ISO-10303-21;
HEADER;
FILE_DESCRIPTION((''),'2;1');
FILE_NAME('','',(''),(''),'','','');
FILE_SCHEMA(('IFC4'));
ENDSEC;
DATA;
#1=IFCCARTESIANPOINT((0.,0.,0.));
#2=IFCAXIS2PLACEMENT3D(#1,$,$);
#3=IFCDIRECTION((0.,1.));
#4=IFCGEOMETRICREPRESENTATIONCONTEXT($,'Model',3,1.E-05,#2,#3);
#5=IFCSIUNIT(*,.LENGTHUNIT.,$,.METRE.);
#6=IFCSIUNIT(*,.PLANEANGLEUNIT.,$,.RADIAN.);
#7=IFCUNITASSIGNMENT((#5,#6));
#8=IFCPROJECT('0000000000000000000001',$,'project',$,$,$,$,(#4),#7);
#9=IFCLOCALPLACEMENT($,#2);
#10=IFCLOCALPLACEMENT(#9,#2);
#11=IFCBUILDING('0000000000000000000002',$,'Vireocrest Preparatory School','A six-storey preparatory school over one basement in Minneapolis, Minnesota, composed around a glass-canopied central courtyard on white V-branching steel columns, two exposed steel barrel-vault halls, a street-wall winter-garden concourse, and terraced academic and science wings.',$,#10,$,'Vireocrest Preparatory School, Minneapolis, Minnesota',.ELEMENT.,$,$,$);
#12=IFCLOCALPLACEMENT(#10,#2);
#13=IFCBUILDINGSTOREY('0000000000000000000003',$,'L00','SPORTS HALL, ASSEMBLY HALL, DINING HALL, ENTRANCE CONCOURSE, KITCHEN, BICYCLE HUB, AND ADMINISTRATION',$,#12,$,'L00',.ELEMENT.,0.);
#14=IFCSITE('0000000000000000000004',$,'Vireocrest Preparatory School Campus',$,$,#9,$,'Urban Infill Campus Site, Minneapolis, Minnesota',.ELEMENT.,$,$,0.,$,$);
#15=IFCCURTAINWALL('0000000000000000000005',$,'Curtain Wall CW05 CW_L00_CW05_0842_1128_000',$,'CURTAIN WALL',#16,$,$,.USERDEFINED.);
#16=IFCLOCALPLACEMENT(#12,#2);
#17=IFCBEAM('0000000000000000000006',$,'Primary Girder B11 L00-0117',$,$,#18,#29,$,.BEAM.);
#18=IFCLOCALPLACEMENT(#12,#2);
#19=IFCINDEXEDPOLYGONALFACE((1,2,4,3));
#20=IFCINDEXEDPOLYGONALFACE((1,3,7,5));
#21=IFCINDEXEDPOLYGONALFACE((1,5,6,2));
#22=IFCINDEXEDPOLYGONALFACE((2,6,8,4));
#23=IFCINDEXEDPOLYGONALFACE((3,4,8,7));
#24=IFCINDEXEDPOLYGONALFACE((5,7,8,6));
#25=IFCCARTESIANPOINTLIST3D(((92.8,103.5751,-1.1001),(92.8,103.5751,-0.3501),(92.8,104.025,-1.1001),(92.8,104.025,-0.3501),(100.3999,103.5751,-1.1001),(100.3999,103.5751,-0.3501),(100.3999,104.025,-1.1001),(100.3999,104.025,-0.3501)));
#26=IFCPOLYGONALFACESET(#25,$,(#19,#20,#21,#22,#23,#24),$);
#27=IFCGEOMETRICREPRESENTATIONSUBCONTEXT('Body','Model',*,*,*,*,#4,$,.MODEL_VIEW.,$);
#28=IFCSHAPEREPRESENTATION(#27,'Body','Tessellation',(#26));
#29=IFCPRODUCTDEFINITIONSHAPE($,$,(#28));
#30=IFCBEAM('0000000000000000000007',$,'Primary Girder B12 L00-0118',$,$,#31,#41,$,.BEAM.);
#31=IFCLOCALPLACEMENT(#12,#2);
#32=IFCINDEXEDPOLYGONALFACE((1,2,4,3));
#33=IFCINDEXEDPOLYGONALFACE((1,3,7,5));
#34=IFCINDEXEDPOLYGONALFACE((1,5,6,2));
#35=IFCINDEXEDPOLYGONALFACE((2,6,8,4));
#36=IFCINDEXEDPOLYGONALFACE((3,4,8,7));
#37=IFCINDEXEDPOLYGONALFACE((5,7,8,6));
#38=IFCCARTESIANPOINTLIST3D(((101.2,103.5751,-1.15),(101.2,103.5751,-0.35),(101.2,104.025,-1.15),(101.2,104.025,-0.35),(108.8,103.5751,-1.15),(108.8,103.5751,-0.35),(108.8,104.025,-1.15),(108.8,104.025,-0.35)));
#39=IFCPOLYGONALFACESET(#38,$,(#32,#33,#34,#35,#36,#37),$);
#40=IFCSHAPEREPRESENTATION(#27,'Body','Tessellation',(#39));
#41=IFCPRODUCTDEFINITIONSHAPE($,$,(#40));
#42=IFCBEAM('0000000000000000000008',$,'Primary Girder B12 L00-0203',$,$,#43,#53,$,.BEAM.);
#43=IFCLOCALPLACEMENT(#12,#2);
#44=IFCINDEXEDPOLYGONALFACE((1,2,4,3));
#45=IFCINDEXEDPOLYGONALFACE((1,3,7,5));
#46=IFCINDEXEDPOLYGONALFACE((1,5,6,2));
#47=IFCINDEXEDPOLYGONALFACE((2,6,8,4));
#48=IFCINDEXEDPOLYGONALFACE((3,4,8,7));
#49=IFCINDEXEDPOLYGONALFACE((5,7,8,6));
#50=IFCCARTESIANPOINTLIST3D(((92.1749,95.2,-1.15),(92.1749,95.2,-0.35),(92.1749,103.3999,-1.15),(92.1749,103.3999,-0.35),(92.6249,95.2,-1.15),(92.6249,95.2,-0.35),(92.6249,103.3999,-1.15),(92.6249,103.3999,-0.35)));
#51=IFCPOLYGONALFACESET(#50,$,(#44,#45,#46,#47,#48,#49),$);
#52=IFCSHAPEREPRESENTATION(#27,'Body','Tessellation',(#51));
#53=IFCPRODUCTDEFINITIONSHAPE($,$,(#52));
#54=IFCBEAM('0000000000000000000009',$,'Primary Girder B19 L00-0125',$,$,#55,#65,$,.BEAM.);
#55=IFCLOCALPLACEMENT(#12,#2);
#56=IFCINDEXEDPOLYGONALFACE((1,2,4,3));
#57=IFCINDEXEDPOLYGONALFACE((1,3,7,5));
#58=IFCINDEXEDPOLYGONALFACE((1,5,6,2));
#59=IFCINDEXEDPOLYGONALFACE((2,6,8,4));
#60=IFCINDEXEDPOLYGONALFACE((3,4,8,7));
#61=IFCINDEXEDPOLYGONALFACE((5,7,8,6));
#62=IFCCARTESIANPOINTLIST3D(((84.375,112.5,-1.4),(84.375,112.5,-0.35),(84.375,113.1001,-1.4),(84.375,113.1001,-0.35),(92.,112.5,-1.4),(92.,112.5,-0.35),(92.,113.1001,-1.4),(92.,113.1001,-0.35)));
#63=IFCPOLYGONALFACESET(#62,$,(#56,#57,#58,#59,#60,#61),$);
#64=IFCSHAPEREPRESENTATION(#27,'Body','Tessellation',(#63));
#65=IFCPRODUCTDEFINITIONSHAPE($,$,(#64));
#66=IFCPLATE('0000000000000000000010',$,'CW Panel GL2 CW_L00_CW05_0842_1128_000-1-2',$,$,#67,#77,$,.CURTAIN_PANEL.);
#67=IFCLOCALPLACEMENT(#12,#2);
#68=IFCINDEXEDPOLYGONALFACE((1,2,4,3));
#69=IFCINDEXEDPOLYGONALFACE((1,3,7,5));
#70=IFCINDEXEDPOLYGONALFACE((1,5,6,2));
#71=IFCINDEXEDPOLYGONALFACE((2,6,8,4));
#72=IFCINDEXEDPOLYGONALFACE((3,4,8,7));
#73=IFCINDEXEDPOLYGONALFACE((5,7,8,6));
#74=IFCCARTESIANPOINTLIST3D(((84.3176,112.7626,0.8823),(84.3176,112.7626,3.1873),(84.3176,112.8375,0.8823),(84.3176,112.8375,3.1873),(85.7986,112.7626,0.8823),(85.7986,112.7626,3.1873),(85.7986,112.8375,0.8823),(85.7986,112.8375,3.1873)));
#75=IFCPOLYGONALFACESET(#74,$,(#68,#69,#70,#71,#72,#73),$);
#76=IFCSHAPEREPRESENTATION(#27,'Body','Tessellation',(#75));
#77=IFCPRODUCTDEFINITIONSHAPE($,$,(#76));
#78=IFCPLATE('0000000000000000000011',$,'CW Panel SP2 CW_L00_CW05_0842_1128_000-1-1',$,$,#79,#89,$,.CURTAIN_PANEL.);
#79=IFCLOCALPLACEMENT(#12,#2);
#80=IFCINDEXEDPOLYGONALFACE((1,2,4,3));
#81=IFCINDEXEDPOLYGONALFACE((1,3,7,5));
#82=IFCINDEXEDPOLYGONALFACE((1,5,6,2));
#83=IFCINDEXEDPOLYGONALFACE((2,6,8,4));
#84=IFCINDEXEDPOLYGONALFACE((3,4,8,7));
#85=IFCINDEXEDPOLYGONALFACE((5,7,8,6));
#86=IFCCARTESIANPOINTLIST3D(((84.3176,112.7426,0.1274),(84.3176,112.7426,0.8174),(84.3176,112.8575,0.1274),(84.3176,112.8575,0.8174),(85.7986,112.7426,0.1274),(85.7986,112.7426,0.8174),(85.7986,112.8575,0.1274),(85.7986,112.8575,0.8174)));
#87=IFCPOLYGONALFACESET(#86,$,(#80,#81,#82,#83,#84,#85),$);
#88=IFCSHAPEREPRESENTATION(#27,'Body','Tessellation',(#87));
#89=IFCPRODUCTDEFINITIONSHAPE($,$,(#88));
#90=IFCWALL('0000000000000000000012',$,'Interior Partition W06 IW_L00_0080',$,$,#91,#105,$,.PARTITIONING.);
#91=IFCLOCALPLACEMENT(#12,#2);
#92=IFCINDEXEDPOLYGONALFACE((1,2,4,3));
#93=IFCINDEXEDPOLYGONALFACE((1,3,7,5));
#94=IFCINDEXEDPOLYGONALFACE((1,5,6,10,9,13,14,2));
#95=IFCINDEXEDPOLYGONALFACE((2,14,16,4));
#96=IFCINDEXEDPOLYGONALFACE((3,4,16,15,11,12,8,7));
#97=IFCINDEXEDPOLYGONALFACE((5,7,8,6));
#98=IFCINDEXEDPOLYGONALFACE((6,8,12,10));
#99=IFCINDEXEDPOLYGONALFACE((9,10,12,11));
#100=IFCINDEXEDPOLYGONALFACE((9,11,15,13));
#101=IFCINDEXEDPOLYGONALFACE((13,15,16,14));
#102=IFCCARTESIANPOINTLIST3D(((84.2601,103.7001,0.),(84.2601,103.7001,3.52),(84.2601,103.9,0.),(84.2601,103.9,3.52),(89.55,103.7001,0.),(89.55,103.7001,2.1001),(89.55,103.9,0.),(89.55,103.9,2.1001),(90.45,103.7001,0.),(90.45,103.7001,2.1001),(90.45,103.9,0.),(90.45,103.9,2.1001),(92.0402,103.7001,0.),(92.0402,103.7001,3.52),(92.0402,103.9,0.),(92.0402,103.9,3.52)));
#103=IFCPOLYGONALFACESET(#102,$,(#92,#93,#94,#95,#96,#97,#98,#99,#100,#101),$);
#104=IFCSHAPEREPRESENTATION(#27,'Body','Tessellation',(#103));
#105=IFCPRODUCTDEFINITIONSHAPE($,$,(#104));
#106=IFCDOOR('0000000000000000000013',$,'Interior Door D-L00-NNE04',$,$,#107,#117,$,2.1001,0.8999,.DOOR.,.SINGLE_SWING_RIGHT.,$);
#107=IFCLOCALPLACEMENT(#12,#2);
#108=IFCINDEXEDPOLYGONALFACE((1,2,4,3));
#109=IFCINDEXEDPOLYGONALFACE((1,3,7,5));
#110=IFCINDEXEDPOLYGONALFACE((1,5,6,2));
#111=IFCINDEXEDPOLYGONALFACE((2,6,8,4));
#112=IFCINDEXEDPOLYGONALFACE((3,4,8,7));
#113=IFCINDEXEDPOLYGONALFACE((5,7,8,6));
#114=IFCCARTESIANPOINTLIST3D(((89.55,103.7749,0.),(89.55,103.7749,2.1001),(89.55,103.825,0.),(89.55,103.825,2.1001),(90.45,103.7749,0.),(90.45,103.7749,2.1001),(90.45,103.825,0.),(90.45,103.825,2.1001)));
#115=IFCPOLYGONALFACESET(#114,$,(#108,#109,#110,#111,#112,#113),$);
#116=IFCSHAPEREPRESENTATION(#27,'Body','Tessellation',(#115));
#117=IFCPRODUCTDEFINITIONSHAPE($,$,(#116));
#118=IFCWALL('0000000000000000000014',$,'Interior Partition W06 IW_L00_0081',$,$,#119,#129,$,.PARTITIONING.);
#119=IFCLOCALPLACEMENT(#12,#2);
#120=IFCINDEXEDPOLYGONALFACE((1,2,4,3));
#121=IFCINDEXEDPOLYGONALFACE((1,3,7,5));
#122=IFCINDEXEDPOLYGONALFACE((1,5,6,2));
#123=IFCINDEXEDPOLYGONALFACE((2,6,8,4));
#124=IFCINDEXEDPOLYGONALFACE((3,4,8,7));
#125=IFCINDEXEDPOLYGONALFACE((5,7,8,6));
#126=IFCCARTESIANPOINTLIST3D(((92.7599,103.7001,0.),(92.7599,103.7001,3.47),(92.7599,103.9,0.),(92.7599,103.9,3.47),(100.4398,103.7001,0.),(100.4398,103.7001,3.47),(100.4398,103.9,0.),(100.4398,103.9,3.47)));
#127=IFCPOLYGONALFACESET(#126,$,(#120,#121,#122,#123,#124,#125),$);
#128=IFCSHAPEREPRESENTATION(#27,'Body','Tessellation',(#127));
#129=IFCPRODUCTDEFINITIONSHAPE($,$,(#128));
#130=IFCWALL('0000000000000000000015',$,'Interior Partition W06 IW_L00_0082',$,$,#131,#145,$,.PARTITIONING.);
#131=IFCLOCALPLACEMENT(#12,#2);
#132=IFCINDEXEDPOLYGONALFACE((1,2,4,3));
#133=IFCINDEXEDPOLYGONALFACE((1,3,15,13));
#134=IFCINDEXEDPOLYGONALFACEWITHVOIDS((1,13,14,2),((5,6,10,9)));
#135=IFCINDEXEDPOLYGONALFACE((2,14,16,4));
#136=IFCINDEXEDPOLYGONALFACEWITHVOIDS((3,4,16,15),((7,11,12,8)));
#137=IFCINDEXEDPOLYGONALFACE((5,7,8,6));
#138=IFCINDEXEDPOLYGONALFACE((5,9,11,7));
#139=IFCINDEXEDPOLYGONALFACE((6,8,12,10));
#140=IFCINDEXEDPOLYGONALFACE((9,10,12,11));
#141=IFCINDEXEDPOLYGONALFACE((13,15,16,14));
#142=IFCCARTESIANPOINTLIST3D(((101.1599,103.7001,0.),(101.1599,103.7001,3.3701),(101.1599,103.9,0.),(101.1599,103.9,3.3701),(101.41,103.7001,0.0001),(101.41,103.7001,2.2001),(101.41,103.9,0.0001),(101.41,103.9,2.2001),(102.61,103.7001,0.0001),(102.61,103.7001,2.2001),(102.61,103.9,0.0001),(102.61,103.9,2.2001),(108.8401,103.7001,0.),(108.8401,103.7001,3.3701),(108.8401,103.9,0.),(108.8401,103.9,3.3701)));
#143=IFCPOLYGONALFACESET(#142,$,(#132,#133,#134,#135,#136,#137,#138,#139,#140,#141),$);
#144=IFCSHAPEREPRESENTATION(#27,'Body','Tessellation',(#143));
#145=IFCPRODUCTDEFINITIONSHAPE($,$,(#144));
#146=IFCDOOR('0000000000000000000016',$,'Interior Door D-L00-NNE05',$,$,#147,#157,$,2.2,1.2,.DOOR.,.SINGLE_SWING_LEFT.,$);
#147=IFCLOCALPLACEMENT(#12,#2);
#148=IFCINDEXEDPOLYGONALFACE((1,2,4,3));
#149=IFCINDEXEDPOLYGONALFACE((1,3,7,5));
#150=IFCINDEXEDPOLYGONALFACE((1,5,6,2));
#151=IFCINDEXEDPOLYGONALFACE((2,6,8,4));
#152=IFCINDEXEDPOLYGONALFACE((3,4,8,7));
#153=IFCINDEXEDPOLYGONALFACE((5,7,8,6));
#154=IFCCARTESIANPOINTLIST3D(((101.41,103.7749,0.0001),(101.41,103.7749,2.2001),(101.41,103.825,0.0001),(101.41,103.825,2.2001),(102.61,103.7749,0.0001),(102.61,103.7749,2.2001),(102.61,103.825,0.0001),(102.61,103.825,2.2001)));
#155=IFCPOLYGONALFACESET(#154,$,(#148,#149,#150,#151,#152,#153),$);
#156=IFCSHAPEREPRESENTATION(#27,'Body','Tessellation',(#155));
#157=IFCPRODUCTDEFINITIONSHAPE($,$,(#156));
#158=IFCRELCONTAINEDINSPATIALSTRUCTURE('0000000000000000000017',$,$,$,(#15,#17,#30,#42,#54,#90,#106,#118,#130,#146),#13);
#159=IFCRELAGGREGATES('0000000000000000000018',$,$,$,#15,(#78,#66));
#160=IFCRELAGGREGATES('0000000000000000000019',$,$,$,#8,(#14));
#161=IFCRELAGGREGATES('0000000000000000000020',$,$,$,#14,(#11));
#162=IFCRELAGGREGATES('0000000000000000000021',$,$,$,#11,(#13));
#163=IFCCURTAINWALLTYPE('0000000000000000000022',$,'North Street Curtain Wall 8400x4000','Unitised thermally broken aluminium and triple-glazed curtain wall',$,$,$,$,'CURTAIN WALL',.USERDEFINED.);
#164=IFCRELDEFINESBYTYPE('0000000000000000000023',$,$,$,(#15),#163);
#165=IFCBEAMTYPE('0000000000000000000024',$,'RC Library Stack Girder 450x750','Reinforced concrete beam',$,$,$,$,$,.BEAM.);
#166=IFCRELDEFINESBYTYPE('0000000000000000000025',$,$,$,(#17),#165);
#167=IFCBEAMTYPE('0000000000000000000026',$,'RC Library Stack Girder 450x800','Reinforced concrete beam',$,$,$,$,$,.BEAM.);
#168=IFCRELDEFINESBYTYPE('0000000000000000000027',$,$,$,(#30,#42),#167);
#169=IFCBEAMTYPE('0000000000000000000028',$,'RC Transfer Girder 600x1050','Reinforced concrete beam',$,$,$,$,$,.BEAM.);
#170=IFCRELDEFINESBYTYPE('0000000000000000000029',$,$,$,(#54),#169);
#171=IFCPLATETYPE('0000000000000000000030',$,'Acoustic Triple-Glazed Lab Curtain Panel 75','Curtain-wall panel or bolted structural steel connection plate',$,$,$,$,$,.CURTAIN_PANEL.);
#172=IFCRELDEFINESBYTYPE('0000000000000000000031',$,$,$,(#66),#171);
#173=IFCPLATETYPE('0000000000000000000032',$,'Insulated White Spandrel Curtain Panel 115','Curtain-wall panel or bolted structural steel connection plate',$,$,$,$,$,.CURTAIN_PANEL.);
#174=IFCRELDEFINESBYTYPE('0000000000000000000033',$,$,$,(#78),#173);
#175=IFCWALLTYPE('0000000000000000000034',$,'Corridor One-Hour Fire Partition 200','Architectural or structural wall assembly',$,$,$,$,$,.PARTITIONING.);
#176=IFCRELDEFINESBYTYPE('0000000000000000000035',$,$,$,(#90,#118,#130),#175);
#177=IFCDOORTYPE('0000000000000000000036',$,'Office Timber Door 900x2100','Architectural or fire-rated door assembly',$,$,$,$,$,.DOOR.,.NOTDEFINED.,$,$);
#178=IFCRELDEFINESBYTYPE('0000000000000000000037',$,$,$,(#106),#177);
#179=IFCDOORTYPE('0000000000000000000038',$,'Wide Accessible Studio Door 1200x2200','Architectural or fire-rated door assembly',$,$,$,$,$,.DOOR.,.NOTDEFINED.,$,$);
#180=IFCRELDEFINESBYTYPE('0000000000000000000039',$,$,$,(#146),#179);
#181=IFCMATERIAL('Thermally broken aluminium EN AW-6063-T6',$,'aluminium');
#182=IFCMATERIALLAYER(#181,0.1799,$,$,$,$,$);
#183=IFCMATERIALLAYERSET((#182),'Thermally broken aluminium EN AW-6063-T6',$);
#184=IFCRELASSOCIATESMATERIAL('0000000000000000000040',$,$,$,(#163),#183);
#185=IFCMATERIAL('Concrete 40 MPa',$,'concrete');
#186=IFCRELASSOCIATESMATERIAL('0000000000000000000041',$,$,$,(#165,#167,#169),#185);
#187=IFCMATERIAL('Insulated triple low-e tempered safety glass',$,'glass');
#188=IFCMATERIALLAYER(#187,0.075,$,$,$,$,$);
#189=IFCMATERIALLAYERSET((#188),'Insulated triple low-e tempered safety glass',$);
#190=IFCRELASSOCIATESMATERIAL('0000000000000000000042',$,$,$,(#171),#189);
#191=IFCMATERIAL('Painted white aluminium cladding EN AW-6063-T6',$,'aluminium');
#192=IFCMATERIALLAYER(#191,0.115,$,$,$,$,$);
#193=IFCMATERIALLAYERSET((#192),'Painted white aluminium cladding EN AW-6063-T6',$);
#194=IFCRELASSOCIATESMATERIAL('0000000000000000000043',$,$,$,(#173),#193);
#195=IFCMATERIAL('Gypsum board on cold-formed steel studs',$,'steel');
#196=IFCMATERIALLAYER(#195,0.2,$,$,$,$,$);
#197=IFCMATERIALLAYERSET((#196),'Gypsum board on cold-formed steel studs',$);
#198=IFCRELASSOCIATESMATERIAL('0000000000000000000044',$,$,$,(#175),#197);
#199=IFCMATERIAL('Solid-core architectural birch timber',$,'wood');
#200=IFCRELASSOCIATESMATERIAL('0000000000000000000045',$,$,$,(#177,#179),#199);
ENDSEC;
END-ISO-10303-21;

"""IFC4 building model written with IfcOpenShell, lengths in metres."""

from ifc_helpers import new_model, si_unit, direction, frame, frame_2d, origin, origin_2d, place, context, subcontext, project, spatial, rectangle, extrude, material, layer, layer_set, material_profile, profile_set, type_object, element, fill, aggregate, save


model = new_model("IFC4")

# Units and contexts
model_context = context("Model", 3, precision=1e-05, world=origin(), true_north=direction((0.0, 1.0)))
body_context = subcontext(model_context, "Body", "Model", "MODEL_VIEW")
ifc_project = project(units=[si_unit("LENGTHUNIT", "METRE"), si_unit("PLANEANGLEUNIT", "RADIAN")], contexts=[model_context])

# Site, building, storey
site_placement = place(None, origin())
site = spatial("IfcSite", under=ifc_project, at=site_placement, Name="Vireocrest Preparatory School Campus", LongName="Urban Infill Campus Site, Minneapolis, Minnesota", CompositionType="ELEMENT", RefElevation=0.0)
building_placement = place(site_placement, origin())
building = spatial("IfcBuilding", under=site, at=building_placement, Name="Vireocrest Preparatory School", Description="A six-storey preparatory school over one basement in Minneapolis, Minnesota, composed around a glass-canopied central courtyard on white V-branching steel columns, two exposed steel barrel-vault halls, a street-wall winter-garden concourse, and terraced academic and science wings.", LongName="Vireocrest Preparatory School, Minneapolis, Minnesota", CompositionType="ELEMENT")
storey_placement = place(building_placement, origin())
storey = spatial("IfcBuildingStorey", under=building, at=storey_placement, Name="L00", Description="SPORTS HALL, ASSEMBLY HALL, DINING HALL, ENTRANCE CONCOURSE, KITCHEN, BICYCLE HUB, AND ADMINISTRATION", LongName="L00", CompositionType="ELEMENT", Elevation=0.0)

# Curtain wall
ifc_material_1 = material(Name="Thermally broken aluminium EN AW-6063-T6", Category="aluminium")
ifc_layer_1 = layer(ifc_material_1, 0.1799)
ifc_layer_set_1 = layer_set([ifc_layer_1], Name="Thermally broken aluminium EN AW-6063-T6")
curtain_wall_type = type_object("IfcCurtainWallType", Name="North Street Curtain Wall 8400x4000", Description="Unitised thermally broken aluminium and triple-glazed curtain wall", ElementType="CURTAIN WALL", PredefinedType="USERDEFINED", material=ifc_layer_set_1)
curtain_wall_placement = place(storey_placement, origin())
curtain_wall = element("IfcCurtainWall", 1, at=curtain_wall_placement, inside=storey, type_object=curtain_wall_type, Name="Curtain Wall CW05 CW_L00_CW05_0842_1128_000", ObjectType="CURTAIN WALL", PredefinedType="USERDEFINED")

# Beams
ifc_material_2 = material(Name="Concrete 40 MPa", Category="concrete")
ifc_material_profile_1 = material_profile(ifc_material_2, rectangle(XDim=0.45, YDim=0.75, at=origin_2d()), Name="RC 450x750")
ifc_profile_set_1 = profile_set([ifc_material_profile_1], Name="Concrete 40 MPa")
beam_type_1 = type_object("IfcBeamType", Name="RC Library Stack Girder 450x750", Description="Reinforced concrete beam", PredefinedType="BEAM", material=ifc_profile_set_1)
beam_1_placement = place(storey_placement, frame((92.8, 103.8, -0.7251), z_axis=(1.0, 0.0, 0.0), x_axis=(0.0, 1.0, 0.0)))
element("IfcBeam", 2, at=beam_1_placement, inside=storey, type_object=beam_type_1, Name="Primary Girder B11 L00-0117", PredefinedType="BEAM", context=body_context, shape_type="SweptSolid", body=[
    extrude(rectangle(XDim=0.45, YDim=0.75, at=origin_2d()), origin(), (0.0, 0.0, 1.0), 7.5999),
])
ifc_material_profile_2 = material_profile(ifc_material_2, rectangle(XDim=0.45, YDim=0.8, at=origin_2d()), Name="RC 450x800")
ifc_profile_set_2 = profile_set([ifc_material_profile_2], Name="Concrete 40 MPa")
beam_type_2 = type_object("IfcBeamType", Name="RC Library Stack Girder 450x800", Description="Reinforced concrete beam", PredefinedType="BEAM", material=ifc_profile_set_2)
beam_2_placement = place(storey_placement, frame((101.2, 103.8, -0.75), z_axis=(1.0, 0.0, 0.0), x_axis=(0.0, 1.0, 0.0)))
element("IfcBeam", 3, at=beam_2_placement, inside=storey, type_object=beam_type_2, Name="Primary Girder B12 L00-0118", PredefinedType="BEAM", context=body_context, shape_type="SweptSolid", body=[
    extrude(rectangle(XDim=0.45, YDim=0.8, at=origin_2d()), origin(), (0.0, 0.0, 1.0), 7.6001),
])
beam_3_placement = place(storey_placement, frame((92.3999, 95.2, -0.75), z_axis=(0.0, 1.0, 0.0), x_axis=(-1.0, 0.0, 0.0)))
element("IfcBeam", 4, at=beam_3_placement, inside=storey, type_object=beam_type_2, Name="Primary Girder B12 L00-0203", PredefinedType="BEAM", context=body_context, shape_type="SweptSolid", body=[
    extrude(rectangle(XDim=0.45, YDim=0.8, at=origin_2d()), origin(), (0.0, 0.0, 1.0), 8.2),
])
ifc_material_profile_3 = material_profile(ifc_material_2, rectangle(XDim=0.6001, YDim=1.05, at=origin_2d()), Name="RC 600x1050")
ifc_profile_set_3 = profile_set([ifc_material_profile_3], Name="Concrete 40 MPa")
beam_type_3 = type_object("IfcBeamType", Name="RC Transfer Girder 600x1050", Description="Reinforced concrete beam", PredefinedType="BEAM", material=ifc_profile_set_3)
beam_4_placement = place(storey_placement, frame((84.375, 112.8, -0.875), z_axis=(1.0, 0.0, 0.0), x_axis=(0.0, 1.0, 0.0)))
element("IfcBeam", 5, at=beam_4_placement, inside=storey, type_object=beam_type_3, Name="Primary Girder B19 L00-0125", PredefinedType="BEAM", context=body_context, shape_type="SweptSolid", body=[
    extrude(rectangle(XDim=0.6001, YDim=1.05, at=origin_2d()), origin(), (0.0, 0.0, 1.0), 7.625),
])

# Plates
ifc_material_3 = material(Name="Insulated triple low-e tempered safety glass", Category="glass")
ifc_layer_2 = layer(ifc_material_3, 0.075)
ifc_layer_set_2 = layer_set([ifc_layer_2], Name="Insulated triple low-e tempered safety glass")
plate_type_1 = type_object("IfcPlateType", Name="Acoustic Triple-Glazed Lab Curtain Panel 75", Description="Curtain-wall panel or bolted structural steel connection plate", PredefinedType="CURTAIN_PANEL", material=ifc_layer_set_2)
plate_1_placement = place(storey_placement, frame((85.0581, 112.8, 0.8823), z_axis=(0.0, 0.0, 1.0), x_axis=(1.0, 0.0, 0.0)))
plate_1 = element("IfcPlate", 6, at=plate_1_placement, type_object=plate_type_1, Name="CW Panel GL2 CW_L00_CW05_0842_1128_000-1-2", PredefinedType="CURTAIN_PANEL", context=body_context, shape_type="SweptSolid", body=[
    extrude(rectangle(XDim=1.481, YDim=0.075, at=origin_2d()), origin(), (0.0, 0.0, 1.0), 2.3049),
])
ifc_material_4 = material(Name="Painted white aluminium cladding EN AW-6063-T6", Category="aluminium")
ifc_layer_3 = layer(ifc_material_4, 0.115)
ifc_layer_set_3 = layer_set([ifc_layer_3], Name="Painted white aluminium cladding EN AW-6063-T6")
plate_type_2 = type_object("IfcPlateType", Name="Insulated White Spandrel Curtain Panel 115", Description="Curtain-wall panel or bolted structural steel connection plate", PredefinedType="CURTAIN_PANEL", material=ifc_layer_set_3)
plate_2_placement = place(storey_placement, frame((85.0581, 112.8, 0.1274), z_axis=(0.0, 0.0, 1.0), x_axis=(1.0, 0.0, 0.0)))
plate_2 = element("IfcPlate", 7, at=plate_2_placement, type_object=plate_type_2, Name="CW Panel SP2 CW_L00_CW05_0842_1128_000-1-1", PredefinedType="CURTAIN_PANEL", context=body_context, shape_type="SweptSolid", body=[
    extrude(rectangle(XDim=1.481, YDim=0.115, at=origin_2d()), origin(), (0.0, 0.0, 1.0), 0.6899),
])
aggregate(curtain_wall, [plate_2, plate_1])

# Wall, opening, door
ifc_material_5 = material(Name="Gypsum board on cold-formed steel studs", Category="steel")
ifc_layer_4 = layer(ifc_material_5, 0.2)
ifc_layer_set_4 = layer_set([ifc_layer_4], Name="Gypsum board on cold-formed steel studs")
wall_type_1 = type_object("IfcWallType", Name="Corridor One-Hour Fire Partition 200", Description="Architectural or structural wall assembly", PredefinedType="PARTITIONING", material=ifc_layer_set_4)
wall_1_placement = place(storey_placement, frame((84.26, 103.8, 0.0), z_axis=(0.0, 0.0, 1.0), x_axis=(1.0, 0.0, 0.0)))
wall_1 = element("IfcWall", 8, at=wall_1_placement, inside=storey, type_object=wall_type_1, Name="Interior Partition W06 IW_L00_0080", PredefinedType="PARTITIONING", context=body_context, shape_type="SweptSolid", body=[
    extrude(rectangle(XDim=7.78, YDim=0.2, at=frame_2d((3.8901, 0.0))), origin(), (0.0, 0.0, 1.0), 3.52),
])
opening_1_placement = place(wall_1_placement, frame((5.29, 0.0, 0.0)))
opening_1 = element("IfcOpeningElement", 9, at=opening_1_placement, cuts=wall_1, PredefinedType="OPENING", context=body_context, shape_type="SweptSolid", body=[
    extrude(rectangle(XDim=0.8999, YDim=2.1001, at=frame_2d((0.45, 1.05))), frame((0.0, 0.1099, 0.0), z_axis=(0.0, -1.0, 0.0), x_axis=(1.0, 0.0, 0.0)), (0.0, 0.0, 1.0), 0.22),
])
ifc_material_6 = material(Name="Solid-core architectural birch timber", Category="wood")
door_type_1 = type_object("IfcDoorType", Name="Office Timber Door 900x2100", Description="Architectural or fire-rated door assembly", OperationType="NOTDEFINED", PredefinedType="DOOR", material=ifc_material_6)
door_1_placement = place(opening_1_placement, origin())
door_1 = element("IfcDoor", 10, at=door_1_placement, inside=storey, type_object=door_type_1, Name="Interior Door D-L00-NNE04", OperationType="SINGLE_SWING_RIGHT", OverallHeight=2.1001, OverallWidth=0.8999, PredefinedType="DOOR", context=body_context, shape_type="SweptSolid", body=[
    extrude(rectangle(XDim=0.8999, YDim=2.1001, at=frame_2d((0.45, 1.05))), frame((0.0, 0.0249, 0.0), z_axis=(0.0, -1.0, 0.0), x_axis=(1.0, 0.0, 0.0)), (0.0, 0.0, 1.0), 0.05),
])
fill(opening_1, door_1)

# Wall
wall_2_placement = place(storey_placement, frame((92.76, 103.8, 0.0), z_axis=(0.0, 0.0, 1.0), x_axis=(1.0, 0.0, 0.0)))
element("IfcWall", 11, at=wall_2_placement, inside=storey, type_object=wall_type_1, Name="Interior Partition W06 IW_L00_0081", PredefinedType="PARTITIONING", context=body_context, shape_type="SweptSolid", body=[
    extrude(rectangle(XDim=7.6799, YDim=0.2, at=frame_2d((3.8398, 0.0))), origin(), (0.0, 0.0, 1.0), 3.47),
])

# Wall, opening, door
wall_3_placement = place(storey_placement, frame((101.1599, 103.8, 0.0), z_axis=(0.0, 0.0, 1.0), x_axis=(1.0, 0.0, 0.0)))
wall_3 = element("IfcWall", 12, at=wall_3_placement, inside=storey, type_object=wall_type_1, Name="Interior Partition W06 IW_L00_0082", PredefinedType="PARTITIONING", context=body_context, shape_type="SweptSolid", body=[
    extrude(rectangle(XDim=7.6802, YDim=0.2, at=frame_2d((3.8401, 0.0))), origin(), (0.0, 0.0, 1.0), 3.3701),
])
opening_2_placement = place(wall_3_placement, frame((0.25, 0.0, 0.0)))
opening_2 = element("IfcOpeningElement", 13, at=opening_2_placement, cuts=wall_3, PredefinedType="OPENING", context=body_context, shape_type="SweptSolid", body=[
    extrude(rectangle(XDim=1.2, YDim=2.2, at=frame_2d((0.6001, 1.1001))), frame((0.0, 0.1099, 0.0), z_axis=(0.0, -1.0, 0.0), x_axis=(1.0, 0.0, 0.0)), (0.0, 0.0, 1.0), 0.22),
])
door_type_2 = type_object("IfcDoorType", Name="Wide Accessible Studio Door 1200x2200", Description="Architectural or fire-rated door assembly", OperationType="NOTDEFINED", PredefinedType="DOOR", material=ifc_material_6)
door_2_placement = place(opening_2_placement, origin())
door_2 = element("IfcDoor", 14, at=door_2_placement, inside=storey, type_object=door_type_2, Name="Interior Door D-L00-NNE05", OperationType="SINGLE_SWING_LEFT", OverallHeight=2.2, OverallWidth=1.2, PredefinedType="DOOR", context=body_context, shape_type="SweptSolid", body=[
    extrude(rectangle(XDim=1.2, YDim=2.2, at=frame_2d((0.6001, 1.1001))), frame((0.0, 0.0249, 0.0), z_axis=(0.0, -1.0, 0.0), x_axis=(1.0, 0.0, 0.0)), (0.0, 0.0, 1.0), 0.05),
])
fill(opening_2, door_2)

save(model, "model.ifc")
